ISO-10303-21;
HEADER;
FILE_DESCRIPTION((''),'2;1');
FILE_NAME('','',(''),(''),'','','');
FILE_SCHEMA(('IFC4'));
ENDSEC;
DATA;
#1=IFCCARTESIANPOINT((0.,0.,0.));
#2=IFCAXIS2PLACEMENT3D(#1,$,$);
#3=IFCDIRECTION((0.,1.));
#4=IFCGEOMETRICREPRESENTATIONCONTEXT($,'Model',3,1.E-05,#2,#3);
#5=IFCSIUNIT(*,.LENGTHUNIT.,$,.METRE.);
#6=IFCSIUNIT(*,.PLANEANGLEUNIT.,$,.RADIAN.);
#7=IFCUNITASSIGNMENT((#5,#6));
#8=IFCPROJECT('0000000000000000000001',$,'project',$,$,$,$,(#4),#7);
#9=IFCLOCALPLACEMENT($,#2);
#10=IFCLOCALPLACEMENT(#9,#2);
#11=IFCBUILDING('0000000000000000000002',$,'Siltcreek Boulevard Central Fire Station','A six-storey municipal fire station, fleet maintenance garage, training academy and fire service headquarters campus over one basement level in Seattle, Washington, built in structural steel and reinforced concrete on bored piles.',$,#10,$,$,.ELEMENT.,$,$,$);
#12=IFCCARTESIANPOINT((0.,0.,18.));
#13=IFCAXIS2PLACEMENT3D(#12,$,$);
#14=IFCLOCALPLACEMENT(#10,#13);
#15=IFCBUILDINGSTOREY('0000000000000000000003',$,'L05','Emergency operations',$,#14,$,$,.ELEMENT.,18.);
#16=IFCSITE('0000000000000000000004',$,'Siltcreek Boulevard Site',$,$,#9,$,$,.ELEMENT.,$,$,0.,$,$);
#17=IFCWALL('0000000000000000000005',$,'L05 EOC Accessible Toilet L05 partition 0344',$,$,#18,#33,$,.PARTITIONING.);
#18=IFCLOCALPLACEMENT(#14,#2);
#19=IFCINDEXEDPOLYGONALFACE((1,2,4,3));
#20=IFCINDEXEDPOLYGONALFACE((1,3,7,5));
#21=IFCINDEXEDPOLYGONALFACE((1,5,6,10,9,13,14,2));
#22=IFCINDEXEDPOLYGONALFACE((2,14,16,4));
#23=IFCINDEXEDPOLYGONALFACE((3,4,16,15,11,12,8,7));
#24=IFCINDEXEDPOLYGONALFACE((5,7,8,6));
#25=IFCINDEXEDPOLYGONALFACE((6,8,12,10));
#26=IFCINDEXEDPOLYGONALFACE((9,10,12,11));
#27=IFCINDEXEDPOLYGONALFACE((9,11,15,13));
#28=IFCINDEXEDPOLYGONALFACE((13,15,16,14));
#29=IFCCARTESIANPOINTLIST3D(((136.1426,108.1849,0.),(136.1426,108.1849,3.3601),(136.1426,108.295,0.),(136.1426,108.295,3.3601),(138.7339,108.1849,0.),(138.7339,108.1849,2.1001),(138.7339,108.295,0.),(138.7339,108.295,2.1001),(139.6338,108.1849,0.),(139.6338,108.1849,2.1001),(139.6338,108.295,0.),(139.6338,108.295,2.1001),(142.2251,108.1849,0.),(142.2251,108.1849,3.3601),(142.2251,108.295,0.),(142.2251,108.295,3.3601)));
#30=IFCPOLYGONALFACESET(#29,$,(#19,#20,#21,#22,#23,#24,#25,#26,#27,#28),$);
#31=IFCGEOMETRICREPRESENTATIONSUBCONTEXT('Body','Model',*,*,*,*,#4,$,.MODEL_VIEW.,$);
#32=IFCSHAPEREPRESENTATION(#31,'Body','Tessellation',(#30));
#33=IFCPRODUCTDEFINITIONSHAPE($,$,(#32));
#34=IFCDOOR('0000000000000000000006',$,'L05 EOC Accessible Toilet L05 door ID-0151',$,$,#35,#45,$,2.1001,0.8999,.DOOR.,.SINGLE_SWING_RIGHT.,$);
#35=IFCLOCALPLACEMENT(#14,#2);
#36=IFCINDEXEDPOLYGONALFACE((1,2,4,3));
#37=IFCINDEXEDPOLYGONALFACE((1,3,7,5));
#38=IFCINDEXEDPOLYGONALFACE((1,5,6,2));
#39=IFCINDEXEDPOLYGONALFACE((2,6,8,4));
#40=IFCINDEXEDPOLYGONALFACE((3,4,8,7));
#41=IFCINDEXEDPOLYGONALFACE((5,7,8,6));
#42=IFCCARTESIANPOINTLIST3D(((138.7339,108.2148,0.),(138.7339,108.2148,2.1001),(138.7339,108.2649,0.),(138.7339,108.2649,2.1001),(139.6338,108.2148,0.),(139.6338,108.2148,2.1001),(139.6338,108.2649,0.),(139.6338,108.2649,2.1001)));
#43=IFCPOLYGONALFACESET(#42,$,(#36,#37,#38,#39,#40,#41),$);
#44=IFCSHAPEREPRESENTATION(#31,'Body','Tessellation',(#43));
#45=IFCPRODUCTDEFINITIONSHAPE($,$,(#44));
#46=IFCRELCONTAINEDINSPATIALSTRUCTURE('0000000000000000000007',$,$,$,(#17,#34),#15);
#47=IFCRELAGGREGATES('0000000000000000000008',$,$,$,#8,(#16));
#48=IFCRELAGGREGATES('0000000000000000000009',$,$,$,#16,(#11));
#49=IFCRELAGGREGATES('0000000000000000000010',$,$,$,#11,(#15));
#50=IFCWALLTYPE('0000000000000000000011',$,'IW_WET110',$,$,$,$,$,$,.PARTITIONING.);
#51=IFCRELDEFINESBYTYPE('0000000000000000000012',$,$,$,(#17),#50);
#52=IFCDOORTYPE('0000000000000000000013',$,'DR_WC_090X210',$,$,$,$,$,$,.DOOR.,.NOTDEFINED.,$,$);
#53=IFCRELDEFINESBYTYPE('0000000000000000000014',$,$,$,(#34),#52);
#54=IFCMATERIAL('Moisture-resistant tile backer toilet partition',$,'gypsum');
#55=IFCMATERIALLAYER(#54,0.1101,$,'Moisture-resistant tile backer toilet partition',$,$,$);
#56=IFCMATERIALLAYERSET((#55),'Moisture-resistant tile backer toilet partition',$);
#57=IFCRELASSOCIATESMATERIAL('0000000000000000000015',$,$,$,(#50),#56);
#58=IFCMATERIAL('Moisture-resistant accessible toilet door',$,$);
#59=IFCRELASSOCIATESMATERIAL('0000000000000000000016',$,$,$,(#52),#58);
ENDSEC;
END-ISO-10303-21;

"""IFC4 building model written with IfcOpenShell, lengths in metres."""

from ifc_helpers import new_model, si_unit, direction, frame, frame_2d, origin, place, context, subcontext, project, spatial, rectangle, extrude, material, layer, layer_set, type_object, element, fill, save


model = new_model("IFC4")

# Units and contexts
model_context = context("Model", 3, precision=1e-05, world=origin(), true_north=direction((0.0, 1.0)))
body_context = subcontext(model_context, "Body", "Model", "MODEL_VIEW")
ifc_project = project(units=[si_unit("LENGTHUNIT", "METRE"), si_unit("PLANEANGLEUNIT", "RADIAN")], contexts=[model_context])

# Site, building, storey
site_placement = place(None, origin())
site = spatial("IfcSite", under=ifc_project, at=site_placement, Name="Siltcreek Boulevard Site", CompositionType="ELEMENT", RefElevation=0.0)
building_placement = place(site_placement, origin())
building = spatial("IfcBuilding", under=site, at=building_placement, Name="Siltcreek Boulevard Central Fire Station", Description="A six-storey municipal fire station, fleet maintenance garage, training academy and fire service headquarters campus over one basement level in Seattle, Washington, built in structural steel and reinforced concrete on bored piles.", CompositionType="ELEMENT")
storey_placement = place(building_placement, frame((0.0, 0.0, 18.0)))
storey = spatial("IfcBuildingStorey", under=building, at=storey_placement, Name="L05", Description="Emergency operations", CompositionType="ELEMENT", Elevation=18.0)

# Shared definitions
ifc_material_1 = material(Name="Moisture-resistant tile backer toilet partition", Category="gypsum")
ifc_layer_1 = layer(ifc_material_1, 0.1101, Name="Moisture-resistant tile backer toilet partition")
ifc_layer_set_1 = layer_set([ifc_layer_1], Name="Moisture-resistant tile backer toilet partition")
wall_type_1 = type_object("IfcWallType", Name="IW_WET110", PredefinedType="PARTITIONING", material=ifc_layer_set_1)

# Wall, opening, door
wall_1_placement = place(storey_placement, frame((142.2251, 108.24, 0.0), z_axis=(0.0, 0.0, 1.0), x_axis=(-1.0, 0.0, 0.0)))
wall_1 = element("IfcWall", 1, at=wall_1_placement, inside=storey, type_object=wall_type_1, Name="L05 EOC Accessible Toilet L05 partition 0344", PredefinedType="PARTITIONING", context=body_context, shape_type="SweptSolid", body=[
    extrude(rectangle(XDim=6.0825, YDim=0.1101, at=frame_2d((3.0413, 0.0))), origin(), (0.0, 0.0, 1.0), 3.3601),
])
opening_1_placement = place(wall_1_placement, frame((2.5913, 0.0, 0.0)))
opening_1 = element("IfcOpeningElement", 2, at=opening_1_placement, cuts=wall_1, PredefinedType="OPENING", context=body_context, shape_type="SweptSolid", body=[
    extrude(rectangle(XDim=0.8999, YDim=2.1001, at=frame_2d((0.45, 1.05))), frame((0.0, 0.0649, 0.0), z_axis=(0.0, -1.0, 0.0), x_axis=(1.0, 0.0, 0.0)), (0.0, 0.0, 1.0), 0.1301),
])
ifc_material_2 = material(Name="Moisture-resistant accessible toilet door")
door_type_1 = type_object("IfcDoorType", Name="DR_WC_090X210", OperationType="NOTDEFINED", PredefinedType="DOOR", material=ifc_material_2)
door_1_placement = place(opening_1_placement, frame((0.8999, 0.0, 0.0), z_axis=(0.0, 0.0, 1.0), x_axis=(-1.0, 0.0, 0.0)))
door_1 = element("IfcDoor", 3, at=door_1_placement, inside=storey, type_object=door_type_1, Name="L05 EOC Accessible Toilet L05 door ID-0151", OperationType="SINGLE_SWING_RIGHT", OverallHeight=2.1001, OverallWidth=0.8999, PredefinedType="DOOR", context=body_context, shape_type="SweptSolid", body=[
    extrude(rectangle(XDim=0.8999, YDim=2.1001, at=frame_2d((0.45, 1.05))), frame((0.0, 0.0249, 0.0), z_axis=(0.0, -1.0, 0.0), x_axis=(1.0, 0.0, 0.0)), (0.0, 0.0, 1.0), 0.05),
])
fill(opening_1, door_1)

save(model, "model.ifc")
